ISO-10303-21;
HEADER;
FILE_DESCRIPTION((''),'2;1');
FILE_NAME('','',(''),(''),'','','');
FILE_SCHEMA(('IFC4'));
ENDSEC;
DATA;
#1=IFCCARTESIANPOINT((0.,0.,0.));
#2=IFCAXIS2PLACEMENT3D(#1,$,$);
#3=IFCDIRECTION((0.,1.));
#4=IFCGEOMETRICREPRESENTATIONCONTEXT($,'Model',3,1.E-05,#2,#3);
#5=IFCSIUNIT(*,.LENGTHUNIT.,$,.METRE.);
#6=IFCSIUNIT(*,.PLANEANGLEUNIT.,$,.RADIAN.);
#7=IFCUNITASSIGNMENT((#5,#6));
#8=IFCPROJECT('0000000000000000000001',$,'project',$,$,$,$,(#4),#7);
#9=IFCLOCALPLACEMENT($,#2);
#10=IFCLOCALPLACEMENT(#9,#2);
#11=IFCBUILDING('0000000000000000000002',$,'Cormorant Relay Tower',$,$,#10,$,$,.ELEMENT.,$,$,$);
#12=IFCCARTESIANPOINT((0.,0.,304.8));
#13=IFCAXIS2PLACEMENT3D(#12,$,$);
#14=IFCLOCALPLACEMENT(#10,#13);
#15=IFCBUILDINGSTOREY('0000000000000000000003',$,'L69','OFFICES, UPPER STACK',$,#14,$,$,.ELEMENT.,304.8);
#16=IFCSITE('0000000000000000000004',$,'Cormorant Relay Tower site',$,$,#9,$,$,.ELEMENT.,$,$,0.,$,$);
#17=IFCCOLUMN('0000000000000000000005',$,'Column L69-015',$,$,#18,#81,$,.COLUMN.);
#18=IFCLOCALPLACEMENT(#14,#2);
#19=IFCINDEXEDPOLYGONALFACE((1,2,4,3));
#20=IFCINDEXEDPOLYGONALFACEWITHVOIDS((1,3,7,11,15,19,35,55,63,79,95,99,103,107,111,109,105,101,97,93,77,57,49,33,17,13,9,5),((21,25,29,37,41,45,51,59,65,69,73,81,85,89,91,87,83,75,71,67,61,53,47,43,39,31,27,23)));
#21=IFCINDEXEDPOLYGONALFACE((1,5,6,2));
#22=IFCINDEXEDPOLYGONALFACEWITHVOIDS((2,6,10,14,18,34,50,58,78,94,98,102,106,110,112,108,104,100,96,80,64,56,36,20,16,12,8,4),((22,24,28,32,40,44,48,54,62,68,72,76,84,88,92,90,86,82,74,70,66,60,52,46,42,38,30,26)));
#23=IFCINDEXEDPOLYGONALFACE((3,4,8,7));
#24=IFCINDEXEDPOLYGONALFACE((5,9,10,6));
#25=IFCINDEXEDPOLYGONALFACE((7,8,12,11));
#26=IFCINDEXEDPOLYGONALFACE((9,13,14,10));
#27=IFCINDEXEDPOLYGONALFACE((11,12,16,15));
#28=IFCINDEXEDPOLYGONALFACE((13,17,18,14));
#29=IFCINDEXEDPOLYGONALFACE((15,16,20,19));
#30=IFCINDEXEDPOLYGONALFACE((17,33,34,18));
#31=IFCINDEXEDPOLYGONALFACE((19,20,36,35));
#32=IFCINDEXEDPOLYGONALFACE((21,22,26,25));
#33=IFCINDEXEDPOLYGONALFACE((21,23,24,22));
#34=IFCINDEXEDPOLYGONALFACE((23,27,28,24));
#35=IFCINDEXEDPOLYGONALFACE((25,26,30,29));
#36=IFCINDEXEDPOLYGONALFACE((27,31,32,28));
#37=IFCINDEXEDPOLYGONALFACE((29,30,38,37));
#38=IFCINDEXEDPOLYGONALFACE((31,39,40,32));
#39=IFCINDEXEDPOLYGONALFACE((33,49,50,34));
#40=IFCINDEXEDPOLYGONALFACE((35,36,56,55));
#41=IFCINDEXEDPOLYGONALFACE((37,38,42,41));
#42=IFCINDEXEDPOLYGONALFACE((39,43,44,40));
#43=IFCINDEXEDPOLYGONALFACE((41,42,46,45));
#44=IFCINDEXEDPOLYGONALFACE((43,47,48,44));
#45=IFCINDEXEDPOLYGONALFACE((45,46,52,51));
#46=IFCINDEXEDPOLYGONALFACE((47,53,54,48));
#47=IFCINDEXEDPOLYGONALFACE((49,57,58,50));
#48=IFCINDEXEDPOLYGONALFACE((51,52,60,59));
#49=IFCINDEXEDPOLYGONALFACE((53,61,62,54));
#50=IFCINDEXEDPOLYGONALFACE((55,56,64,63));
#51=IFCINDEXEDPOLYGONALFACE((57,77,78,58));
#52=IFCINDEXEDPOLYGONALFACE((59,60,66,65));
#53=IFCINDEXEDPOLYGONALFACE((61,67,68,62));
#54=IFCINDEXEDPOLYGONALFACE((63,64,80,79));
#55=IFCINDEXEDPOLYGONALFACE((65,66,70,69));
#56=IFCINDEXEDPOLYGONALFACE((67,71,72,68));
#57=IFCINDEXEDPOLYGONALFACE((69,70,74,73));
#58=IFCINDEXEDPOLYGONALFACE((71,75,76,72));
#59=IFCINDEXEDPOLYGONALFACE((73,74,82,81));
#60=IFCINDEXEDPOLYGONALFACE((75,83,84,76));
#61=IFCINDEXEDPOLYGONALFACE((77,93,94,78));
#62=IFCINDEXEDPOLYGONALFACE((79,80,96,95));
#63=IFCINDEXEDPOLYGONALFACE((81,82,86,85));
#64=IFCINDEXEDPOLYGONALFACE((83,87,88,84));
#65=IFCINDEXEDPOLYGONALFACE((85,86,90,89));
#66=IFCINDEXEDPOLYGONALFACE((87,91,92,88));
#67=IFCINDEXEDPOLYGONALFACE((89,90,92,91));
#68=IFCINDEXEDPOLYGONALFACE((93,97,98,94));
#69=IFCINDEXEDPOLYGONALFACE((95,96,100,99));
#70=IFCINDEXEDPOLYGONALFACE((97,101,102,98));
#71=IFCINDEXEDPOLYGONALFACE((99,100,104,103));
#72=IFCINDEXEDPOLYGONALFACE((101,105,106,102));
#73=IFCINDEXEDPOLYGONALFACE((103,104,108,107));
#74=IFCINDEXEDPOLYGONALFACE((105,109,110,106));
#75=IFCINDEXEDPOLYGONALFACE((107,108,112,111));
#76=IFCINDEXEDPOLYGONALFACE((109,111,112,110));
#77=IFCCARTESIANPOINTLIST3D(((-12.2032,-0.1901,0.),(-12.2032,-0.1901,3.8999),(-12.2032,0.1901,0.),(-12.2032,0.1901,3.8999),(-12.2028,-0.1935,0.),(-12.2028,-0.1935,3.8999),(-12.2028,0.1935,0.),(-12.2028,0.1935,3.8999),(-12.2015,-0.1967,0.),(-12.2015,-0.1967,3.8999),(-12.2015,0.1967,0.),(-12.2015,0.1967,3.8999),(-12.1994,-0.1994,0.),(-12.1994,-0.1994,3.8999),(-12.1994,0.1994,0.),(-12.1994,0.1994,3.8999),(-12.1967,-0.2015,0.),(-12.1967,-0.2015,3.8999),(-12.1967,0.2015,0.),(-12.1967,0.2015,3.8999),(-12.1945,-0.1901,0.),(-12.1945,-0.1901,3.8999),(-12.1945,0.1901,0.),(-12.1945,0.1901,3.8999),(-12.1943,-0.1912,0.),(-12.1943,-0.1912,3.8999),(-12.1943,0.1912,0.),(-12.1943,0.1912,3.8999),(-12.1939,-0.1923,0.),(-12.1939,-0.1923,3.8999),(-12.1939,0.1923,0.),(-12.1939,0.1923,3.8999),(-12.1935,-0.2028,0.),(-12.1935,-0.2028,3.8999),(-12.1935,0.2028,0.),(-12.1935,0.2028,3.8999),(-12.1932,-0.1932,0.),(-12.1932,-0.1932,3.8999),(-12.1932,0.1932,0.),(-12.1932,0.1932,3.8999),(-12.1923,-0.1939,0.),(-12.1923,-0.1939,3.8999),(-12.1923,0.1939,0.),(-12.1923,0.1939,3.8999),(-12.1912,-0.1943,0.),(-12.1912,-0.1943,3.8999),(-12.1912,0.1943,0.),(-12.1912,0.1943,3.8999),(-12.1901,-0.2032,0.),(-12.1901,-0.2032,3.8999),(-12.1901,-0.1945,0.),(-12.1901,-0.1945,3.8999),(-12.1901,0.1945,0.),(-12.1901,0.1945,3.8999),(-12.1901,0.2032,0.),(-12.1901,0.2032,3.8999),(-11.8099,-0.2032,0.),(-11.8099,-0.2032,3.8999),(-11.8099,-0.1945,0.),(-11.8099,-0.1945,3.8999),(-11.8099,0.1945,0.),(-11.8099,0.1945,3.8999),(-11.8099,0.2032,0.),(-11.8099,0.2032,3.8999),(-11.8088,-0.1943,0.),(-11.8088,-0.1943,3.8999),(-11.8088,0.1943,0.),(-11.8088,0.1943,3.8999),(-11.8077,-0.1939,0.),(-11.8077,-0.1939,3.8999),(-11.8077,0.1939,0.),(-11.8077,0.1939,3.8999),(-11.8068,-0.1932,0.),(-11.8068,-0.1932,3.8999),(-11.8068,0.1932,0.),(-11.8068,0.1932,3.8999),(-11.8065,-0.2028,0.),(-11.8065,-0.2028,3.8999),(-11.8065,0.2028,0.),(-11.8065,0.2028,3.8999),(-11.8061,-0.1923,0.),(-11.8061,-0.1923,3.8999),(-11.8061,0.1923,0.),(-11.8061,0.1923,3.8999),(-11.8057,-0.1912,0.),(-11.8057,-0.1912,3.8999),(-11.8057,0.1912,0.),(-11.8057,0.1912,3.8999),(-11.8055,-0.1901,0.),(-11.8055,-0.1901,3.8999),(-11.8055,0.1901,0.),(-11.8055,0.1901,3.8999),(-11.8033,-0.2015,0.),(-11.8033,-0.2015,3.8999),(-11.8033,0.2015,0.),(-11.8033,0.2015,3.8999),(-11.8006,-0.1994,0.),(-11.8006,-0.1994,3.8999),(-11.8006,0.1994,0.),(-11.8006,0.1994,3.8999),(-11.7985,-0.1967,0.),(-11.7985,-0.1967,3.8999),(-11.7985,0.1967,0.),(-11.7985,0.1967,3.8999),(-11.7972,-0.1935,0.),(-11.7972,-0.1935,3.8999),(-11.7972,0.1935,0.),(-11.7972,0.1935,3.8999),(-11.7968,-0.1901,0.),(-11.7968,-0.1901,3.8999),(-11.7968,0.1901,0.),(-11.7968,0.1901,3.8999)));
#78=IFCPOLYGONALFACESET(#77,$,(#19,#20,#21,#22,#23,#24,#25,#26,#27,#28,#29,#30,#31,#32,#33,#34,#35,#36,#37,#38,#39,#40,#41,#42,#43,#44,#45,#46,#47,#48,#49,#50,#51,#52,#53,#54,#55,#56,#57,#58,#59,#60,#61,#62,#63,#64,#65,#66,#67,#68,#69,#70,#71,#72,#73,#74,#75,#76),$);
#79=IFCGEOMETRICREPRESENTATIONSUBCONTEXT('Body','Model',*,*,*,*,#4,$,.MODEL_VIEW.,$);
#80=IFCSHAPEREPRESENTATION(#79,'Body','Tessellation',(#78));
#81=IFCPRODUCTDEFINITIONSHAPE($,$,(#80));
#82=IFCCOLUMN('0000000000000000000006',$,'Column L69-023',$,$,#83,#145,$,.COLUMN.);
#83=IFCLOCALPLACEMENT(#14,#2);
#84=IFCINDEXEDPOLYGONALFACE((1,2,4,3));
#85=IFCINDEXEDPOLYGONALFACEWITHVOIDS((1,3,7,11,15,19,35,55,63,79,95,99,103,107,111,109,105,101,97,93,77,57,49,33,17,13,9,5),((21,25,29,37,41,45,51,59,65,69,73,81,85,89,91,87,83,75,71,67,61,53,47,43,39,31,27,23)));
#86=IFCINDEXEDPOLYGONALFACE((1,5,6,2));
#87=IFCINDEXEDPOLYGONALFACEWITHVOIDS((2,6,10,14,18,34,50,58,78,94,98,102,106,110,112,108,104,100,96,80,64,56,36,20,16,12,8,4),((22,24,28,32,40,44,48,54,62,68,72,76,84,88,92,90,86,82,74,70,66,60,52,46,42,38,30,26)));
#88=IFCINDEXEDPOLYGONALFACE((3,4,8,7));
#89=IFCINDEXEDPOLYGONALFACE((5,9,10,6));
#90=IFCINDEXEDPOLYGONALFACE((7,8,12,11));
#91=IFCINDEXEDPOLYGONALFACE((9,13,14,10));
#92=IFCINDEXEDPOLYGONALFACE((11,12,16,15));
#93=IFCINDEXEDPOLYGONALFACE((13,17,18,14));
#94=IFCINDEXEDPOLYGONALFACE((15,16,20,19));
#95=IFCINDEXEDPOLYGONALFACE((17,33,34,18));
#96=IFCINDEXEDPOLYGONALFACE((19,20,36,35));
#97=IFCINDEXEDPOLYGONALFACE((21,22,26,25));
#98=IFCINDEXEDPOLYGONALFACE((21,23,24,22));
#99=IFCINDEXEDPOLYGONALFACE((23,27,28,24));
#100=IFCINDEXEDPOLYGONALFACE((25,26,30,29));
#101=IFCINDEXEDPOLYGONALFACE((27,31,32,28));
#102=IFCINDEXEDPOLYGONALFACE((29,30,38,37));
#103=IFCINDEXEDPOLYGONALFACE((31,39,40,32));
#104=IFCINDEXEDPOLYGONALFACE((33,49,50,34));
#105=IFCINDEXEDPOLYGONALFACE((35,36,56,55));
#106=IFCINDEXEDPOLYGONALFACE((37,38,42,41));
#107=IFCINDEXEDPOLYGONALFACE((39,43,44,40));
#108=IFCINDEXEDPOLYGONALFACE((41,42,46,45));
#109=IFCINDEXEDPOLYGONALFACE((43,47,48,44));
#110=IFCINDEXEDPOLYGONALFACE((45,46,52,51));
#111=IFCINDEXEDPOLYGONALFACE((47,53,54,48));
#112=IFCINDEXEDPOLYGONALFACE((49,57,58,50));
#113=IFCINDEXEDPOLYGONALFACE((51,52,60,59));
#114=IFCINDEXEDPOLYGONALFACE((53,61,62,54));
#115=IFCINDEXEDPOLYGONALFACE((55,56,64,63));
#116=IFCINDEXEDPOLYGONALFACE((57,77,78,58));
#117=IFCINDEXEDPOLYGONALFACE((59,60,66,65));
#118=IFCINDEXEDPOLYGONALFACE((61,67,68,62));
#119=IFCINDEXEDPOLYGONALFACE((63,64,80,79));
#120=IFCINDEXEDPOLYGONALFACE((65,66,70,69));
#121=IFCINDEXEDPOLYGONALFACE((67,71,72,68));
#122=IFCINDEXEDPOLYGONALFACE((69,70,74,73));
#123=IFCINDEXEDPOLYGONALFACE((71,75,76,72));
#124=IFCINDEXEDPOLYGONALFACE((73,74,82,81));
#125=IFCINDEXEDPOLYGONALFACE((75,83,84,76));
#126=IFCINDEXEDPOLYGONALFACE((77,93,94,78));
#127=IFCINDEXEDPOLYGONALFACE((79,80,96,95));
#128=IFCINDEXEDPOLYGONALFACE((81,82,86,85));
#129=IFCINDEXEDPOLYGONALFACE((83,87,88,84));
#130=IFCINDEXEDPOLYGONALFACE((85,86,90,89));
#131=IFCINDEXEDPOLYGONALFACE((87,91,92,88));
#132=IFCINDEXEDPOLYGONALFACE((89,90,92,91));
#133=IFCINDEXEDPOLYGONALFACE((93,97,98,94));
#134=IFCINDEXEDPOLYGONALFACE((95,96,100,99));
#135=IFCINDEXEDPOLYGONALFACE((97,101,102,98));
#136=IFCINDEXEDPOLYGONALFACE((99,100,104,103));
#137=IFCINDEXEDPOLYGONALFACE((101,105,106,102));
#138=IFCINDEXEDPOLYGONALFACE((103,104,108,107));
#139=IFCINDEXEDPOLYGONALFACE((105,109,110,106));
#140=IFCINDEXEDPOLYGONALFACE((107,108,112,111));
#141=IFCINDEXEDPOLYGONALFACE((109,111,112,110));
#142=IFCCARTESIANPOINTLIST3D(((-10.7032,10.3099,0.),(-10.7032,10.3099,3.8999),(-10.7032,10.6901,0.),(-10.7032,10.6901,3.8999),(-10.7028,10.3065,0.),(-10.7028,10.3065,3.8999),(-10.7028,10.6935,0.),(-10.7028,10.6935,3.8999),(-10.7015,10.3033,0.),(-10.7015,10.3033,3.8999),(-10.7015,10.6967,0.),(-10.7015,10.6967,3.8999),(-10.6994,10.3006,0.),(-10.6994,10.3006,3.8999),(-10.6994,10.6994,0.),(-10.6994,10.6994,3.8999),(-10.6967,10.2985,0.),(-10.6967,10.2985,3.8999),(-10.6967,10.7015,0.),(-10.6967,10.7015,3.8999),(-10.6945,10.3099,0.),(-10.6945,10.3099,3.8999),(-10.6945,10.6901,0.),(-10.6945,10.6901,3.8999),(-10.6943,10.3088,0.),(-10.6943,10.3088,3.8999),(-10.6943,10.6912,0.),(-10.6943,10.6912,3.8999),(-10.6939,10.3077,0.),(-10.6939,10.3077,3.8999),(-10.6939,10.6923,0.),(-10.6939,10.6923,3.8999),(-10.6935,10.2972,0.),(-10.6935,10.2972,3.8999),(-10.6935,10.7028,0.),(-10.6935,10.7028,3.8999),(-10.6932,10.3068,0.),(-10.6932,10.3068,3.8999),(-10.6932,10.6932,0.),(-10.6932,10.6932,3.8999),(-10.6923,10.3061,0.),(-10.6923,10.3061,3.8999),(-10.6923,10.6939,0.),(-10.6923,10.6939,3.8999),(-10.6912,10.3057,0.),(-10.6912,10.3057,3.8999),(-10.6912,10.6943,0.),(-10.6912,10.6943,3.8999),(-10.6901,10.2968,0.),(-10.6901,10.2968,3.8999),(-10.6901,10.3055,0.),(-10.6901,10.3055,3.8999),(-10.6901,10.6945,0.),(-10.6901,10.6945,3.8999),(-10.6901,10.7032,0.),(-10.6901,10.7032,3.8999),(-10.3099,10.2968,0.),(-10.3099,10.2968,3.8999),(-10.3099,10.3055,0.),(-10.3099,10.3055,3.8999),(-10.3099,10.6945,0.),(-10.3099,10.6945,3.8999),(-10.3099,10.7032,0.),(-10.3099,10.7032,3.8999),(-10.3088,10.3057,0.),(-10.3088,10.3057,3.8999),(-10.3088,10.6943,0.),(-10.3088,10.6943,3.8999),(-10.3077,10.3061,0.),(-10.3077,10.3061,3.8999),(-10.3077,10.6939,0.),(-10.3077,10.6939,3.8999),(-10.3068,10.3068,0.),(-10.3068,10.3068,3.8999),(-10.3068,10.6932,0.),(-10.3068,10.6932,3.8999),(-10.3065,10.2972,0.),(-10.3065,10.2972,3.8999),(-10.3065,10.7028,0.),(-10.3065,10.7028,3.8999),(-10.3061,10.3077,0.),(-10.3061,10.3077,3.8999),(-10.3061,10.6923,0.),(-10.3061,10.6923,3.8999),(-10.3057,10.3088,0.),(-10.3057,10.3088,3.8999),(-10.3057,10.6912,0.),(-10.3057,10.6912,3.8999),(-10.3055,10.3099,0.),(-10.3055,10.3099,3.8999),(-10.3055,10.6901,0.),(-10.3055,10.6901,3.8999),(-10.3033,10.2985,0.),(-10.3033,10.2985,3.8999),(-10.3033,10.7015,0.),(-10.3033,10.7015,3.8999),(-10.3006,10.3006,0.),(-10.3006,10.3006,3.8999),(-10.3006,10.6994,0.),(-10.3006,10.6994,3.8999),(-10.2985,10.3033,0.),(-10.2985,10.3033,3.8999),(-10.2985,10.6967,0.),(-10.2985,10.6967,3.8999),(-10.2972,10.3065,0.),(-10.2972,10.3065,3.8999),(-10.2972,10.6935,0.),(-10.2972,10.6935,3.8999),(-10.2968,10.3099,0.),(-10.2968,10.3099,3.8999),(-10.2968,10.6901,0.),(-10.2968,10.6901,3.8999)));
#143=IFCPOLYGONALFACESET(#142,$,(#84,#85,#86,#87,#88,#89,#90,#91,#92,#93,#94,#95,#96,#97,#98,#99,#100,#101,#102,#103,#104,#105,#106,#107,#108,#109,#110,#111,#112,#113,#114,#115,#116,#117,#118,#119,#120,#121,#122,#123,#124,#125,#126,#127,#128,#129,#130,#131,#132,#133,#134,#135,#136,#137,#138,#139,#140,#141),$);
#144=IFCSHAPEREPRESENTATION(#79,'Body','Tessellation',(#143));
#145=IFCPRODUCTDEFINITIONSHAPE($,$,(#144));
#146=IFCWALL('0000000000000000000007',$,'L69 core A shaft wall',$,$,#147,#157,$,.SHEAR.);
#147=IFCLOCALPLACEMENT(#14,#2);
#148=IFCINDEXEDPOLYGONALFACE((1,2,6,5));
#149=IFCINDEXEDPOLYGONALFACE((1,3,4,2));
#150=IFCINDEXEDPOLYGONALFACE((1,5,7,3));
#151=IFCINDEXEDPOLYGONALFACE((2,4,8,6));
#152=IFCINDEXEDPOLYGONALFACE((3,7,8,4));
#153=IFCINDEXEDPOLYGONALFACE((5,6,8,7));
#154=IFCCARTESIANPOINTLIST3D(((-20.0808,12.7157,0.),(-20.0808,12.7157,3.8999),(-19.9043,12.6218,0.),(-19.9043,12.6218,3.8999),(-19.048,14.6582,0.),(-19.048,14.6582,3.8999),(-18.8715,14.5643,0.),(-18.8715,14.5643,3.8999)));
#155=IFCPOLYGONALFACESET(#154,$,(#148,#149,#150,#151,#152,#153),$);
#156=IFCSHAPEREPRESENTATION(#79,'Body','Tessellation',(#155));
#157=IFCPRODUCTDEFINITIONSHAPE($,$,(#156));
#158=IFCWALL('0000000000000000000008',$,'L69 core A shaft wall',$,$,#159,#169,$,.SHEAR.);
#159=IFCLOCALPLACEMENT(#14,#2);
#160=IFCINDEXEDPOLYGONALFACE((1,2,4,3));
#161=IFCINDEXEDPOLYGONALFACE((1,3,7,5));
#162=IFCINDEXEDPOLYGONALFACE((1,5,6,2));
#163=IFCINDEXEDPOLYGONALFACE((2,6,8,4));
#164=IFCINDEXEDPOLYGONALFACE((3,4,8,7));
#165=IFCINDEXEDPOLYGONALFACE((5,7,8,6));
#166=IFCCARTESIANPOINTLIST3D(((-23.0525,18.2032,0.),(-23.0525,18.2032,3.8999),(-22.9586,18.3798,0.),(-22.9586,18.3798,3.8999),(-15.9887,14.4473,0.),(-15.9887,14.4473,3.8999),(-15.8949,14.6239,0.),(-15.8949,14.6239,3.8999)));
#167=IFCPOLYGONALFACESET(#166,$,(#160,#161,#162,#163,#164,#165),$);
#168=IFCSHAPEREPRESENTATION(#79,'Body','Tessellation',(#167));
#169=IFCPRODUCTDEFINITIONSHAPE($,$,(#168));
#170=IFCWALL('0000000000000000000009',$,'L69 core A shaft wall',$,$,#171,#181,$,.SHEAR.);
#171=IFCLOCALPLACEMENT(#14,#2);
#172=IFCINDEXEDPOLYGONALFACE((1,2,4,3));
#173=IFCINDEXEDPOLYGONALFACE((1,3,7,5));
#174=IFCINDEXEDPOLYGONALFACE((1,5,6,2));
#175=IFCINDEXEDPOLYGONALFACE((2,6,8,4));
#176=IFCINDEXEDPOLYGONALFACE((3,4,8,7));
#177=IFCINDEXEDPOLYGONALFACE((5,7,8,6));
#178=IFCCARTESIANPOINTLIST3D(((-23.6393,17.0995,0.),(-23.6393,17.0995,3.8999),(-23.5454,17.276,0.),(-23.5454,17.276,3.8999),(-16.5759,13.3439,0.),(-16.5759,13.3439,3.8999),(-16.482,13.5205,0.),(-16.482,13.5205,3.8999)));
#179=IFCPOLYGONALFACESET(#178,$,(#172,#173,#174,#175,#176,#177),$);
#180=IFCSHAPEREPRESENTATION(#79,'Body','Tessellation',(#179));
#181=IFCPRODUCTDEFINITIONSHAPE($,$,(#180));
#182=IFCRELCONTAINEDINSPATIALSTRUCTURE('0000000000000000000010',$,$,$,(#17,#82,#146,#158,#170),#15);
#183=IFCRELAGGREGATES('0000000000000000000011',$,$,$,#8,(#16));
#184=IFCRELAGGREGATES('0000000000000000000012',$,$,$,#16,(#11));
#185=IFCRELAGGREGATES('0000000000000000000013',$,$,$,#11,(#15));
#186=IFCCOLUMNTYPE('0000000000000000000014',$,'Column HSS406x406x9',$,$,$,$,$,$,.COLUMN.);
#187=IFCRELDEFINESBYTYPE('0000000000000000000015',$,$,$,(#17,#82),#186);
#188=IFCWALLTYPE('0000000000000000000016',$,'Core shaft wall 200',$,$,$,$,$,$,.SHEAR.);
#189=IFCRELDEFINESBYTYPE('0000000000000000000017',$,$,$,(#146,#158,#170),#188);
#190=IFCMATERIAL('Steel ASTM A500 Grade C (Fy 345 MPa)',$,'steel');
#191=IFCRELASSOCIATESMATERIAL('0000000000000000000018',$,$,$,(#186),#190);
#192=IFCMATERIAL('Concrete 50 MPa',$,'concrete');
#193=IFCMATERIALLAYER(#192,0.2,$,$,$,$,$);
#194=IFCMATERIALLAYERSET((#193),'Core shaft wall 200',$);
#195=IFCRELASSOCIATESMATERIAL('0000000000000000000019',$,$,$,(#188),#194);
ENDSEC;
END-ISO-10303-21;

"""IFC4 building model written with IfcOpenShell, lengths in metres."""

from ifc_helpers import new_model, si_unit, direction, frame, frame_2d, origin, origin_2d, place, context, subcontext, project, spatial, rectangle, hollow_rectangle, extrude, material, layer, layer_set, material_profile, profile_set, type_object, element, save


model = new_model("IFC4")

# Units and contexts
model_context = context("Model", 3, precision=1e-05, world=origin(), true_north=direction((0.0, 1.0)))
body_context = subcontext(model_context, "Body", "Model", "MODEL_VIEW")
ifc_project = project(units=[si_unit("LENGTHUNIT", "METRE"), si_unit("PLANEANGLEUNIT", "RADIAN")], contexts=[model_context])

# Site, building, storey
site_placement = place(None, origin())
site = spatial("IfcSite", under=ifc_project, at=site_placement, Name="Cormorant Relay Tower site", CompositionType="ELEMENT", RefElevation=0.0)
building_placement = place(site_placement, origin())
building = spatial("IfcBuilding", under=site, at=building_placement, Name="Cormorant Relay Tower", CompositionType="ELEMENT")
storey_placement = place(building_placement, frame((0.0, 0.0, 304.8)))
storey = spatial("IfcBuildingStorey", under=building, at=storey_placement, Name="L69", Description="OFFICES, UPPER STACK", CompositionType="ELEMENT", Elevation=304.8)

# Columns
ifc_material_1 = material(Name="Steel ASTM A500 Grade C (Fy 345 MPa)", Category="steel")
ifc_material_profile = material_profile(ifc_material_1, hollow_rectangle(XDim=0.4065, YDim=0.4065, WallThickness=0.0088, InnerFilletRadius=0.0044, OuterFilletRadius=0.0132, at=origin_2d()), Name="HSS406x406x9")
ifc_profile_set = profile_set([ifc_material_profile], Name="Steel ASTM A500 Grade C (Fy 345 MPa)")
column_type = type_object("IfcColumnType", Name="Column HSS406x406x9", PredefinedType="COLUMN", material=ifc_profile_set)
for number, where, z_axis, x_axis, name in (
    (1, (-12.0, 0.0, 0.0), (0.0, 0.0, 1.0), (1.0, 0.0, 0.0), "Column L69-015"),
    (2, (-10.5, 10.5, 0.0), (0.0, 0.0, 1.0), (1.0, 0.0, 0.0), "Column L69-023"),
):
    element("IfcColumn", number, at=place(storey_placement, frame(where, z_axis=z_axis, x_axis=x_axis)), inside=storey, type_object=column_type, Name=name, PredefinedType="COLUMN", context=body_context, shape_type="SweptSolid", body=[
        extrude(hollow_rectangle(XDim=0.4065, YDim=0.4065, WallThickness=0.0088, InnerFilletRadius=0.0044, OuterFilletRadius=0.0132, at=origin_2d()), origin(), (0.0, 0.0, 1.0), 3.8999),
    ])

# Walls
ifc_material_2 = material(Name="Concrete 50 MPa", Category="concrete")
ifc_layer_1 = layer(ifc_material_2, 0.2)
ifc_layer_set_1 = layer_set([ifc_layer_1], Name="Core shaft wall 200")
wall_type_1 = type_object("IfcWallType", Name="Core shaft wall 200", PredefinedType="SHEAR", material=ifc_layer_set_1)
wall_1_placement = place(storey_placement, frame((-18.9597, 14.6113, 0.0), z_axis=(0.0, 0.0, 1.0), x_axis=(-0.469447, -0.88296, 0.0)))
element("IfcWall", 3, at=wall_1_placement, inside=storey, type_object=wall_type_1, Name="L69 core A shaft wall", PredefinedType="SHEAR", context=body_context, shape_type="SweptSolid", body=[
    extrude(rectangle(XDim=2.2, YDim=0.2, at=frame_2d((1.1001, 0.0))), origin(), (0.0, 0.0, 1.0), 3.8999),
])
wall_2_placement = place(storey_placement, frame((-15.9419, 14.5356, 0.0), z_axis=(0.0, 0.0, 1.0), x_axis=(-0.882947, 0.469473, 0.0)))
element("IfcWall", 4, at=wall_2_placement, inside=storey, type_object=wall_type_1, Name="L69 core A shaft wall", PredefinedType="SHEAR", context=body_context, shape_type="SweptSolid", body=[
    extrude(rectangle(XDim=8.0002, YDim=0.2, at=frame_2d((4.0, 0.0))), origin(), (0.0, 0.0, 1.0), 3.8999),
])
wall_3_placement = place(storey_placement, frame((-16.5288, 13.4321, 0.0), z_axis=(0.0, 0.0, 1.0), x_axis=(-0.882953, 0.469462, 0.0)))
element("IfcWall", 5, at=wall_3_placement, inside=storey, type_object=wall_type_1, Name="L69 core A shaft wall", PredefinedType="SHEAR", context=body_context, shape_type="SweptSolid", body=[
    extrude(rectangle(XDim=7.9998, YDim=0.2, at=frame_2d((4.0, 0.0))), origin(), (0.0, 0.0, 1.0), 3.8999),
])

save(model, "model.ifc")
